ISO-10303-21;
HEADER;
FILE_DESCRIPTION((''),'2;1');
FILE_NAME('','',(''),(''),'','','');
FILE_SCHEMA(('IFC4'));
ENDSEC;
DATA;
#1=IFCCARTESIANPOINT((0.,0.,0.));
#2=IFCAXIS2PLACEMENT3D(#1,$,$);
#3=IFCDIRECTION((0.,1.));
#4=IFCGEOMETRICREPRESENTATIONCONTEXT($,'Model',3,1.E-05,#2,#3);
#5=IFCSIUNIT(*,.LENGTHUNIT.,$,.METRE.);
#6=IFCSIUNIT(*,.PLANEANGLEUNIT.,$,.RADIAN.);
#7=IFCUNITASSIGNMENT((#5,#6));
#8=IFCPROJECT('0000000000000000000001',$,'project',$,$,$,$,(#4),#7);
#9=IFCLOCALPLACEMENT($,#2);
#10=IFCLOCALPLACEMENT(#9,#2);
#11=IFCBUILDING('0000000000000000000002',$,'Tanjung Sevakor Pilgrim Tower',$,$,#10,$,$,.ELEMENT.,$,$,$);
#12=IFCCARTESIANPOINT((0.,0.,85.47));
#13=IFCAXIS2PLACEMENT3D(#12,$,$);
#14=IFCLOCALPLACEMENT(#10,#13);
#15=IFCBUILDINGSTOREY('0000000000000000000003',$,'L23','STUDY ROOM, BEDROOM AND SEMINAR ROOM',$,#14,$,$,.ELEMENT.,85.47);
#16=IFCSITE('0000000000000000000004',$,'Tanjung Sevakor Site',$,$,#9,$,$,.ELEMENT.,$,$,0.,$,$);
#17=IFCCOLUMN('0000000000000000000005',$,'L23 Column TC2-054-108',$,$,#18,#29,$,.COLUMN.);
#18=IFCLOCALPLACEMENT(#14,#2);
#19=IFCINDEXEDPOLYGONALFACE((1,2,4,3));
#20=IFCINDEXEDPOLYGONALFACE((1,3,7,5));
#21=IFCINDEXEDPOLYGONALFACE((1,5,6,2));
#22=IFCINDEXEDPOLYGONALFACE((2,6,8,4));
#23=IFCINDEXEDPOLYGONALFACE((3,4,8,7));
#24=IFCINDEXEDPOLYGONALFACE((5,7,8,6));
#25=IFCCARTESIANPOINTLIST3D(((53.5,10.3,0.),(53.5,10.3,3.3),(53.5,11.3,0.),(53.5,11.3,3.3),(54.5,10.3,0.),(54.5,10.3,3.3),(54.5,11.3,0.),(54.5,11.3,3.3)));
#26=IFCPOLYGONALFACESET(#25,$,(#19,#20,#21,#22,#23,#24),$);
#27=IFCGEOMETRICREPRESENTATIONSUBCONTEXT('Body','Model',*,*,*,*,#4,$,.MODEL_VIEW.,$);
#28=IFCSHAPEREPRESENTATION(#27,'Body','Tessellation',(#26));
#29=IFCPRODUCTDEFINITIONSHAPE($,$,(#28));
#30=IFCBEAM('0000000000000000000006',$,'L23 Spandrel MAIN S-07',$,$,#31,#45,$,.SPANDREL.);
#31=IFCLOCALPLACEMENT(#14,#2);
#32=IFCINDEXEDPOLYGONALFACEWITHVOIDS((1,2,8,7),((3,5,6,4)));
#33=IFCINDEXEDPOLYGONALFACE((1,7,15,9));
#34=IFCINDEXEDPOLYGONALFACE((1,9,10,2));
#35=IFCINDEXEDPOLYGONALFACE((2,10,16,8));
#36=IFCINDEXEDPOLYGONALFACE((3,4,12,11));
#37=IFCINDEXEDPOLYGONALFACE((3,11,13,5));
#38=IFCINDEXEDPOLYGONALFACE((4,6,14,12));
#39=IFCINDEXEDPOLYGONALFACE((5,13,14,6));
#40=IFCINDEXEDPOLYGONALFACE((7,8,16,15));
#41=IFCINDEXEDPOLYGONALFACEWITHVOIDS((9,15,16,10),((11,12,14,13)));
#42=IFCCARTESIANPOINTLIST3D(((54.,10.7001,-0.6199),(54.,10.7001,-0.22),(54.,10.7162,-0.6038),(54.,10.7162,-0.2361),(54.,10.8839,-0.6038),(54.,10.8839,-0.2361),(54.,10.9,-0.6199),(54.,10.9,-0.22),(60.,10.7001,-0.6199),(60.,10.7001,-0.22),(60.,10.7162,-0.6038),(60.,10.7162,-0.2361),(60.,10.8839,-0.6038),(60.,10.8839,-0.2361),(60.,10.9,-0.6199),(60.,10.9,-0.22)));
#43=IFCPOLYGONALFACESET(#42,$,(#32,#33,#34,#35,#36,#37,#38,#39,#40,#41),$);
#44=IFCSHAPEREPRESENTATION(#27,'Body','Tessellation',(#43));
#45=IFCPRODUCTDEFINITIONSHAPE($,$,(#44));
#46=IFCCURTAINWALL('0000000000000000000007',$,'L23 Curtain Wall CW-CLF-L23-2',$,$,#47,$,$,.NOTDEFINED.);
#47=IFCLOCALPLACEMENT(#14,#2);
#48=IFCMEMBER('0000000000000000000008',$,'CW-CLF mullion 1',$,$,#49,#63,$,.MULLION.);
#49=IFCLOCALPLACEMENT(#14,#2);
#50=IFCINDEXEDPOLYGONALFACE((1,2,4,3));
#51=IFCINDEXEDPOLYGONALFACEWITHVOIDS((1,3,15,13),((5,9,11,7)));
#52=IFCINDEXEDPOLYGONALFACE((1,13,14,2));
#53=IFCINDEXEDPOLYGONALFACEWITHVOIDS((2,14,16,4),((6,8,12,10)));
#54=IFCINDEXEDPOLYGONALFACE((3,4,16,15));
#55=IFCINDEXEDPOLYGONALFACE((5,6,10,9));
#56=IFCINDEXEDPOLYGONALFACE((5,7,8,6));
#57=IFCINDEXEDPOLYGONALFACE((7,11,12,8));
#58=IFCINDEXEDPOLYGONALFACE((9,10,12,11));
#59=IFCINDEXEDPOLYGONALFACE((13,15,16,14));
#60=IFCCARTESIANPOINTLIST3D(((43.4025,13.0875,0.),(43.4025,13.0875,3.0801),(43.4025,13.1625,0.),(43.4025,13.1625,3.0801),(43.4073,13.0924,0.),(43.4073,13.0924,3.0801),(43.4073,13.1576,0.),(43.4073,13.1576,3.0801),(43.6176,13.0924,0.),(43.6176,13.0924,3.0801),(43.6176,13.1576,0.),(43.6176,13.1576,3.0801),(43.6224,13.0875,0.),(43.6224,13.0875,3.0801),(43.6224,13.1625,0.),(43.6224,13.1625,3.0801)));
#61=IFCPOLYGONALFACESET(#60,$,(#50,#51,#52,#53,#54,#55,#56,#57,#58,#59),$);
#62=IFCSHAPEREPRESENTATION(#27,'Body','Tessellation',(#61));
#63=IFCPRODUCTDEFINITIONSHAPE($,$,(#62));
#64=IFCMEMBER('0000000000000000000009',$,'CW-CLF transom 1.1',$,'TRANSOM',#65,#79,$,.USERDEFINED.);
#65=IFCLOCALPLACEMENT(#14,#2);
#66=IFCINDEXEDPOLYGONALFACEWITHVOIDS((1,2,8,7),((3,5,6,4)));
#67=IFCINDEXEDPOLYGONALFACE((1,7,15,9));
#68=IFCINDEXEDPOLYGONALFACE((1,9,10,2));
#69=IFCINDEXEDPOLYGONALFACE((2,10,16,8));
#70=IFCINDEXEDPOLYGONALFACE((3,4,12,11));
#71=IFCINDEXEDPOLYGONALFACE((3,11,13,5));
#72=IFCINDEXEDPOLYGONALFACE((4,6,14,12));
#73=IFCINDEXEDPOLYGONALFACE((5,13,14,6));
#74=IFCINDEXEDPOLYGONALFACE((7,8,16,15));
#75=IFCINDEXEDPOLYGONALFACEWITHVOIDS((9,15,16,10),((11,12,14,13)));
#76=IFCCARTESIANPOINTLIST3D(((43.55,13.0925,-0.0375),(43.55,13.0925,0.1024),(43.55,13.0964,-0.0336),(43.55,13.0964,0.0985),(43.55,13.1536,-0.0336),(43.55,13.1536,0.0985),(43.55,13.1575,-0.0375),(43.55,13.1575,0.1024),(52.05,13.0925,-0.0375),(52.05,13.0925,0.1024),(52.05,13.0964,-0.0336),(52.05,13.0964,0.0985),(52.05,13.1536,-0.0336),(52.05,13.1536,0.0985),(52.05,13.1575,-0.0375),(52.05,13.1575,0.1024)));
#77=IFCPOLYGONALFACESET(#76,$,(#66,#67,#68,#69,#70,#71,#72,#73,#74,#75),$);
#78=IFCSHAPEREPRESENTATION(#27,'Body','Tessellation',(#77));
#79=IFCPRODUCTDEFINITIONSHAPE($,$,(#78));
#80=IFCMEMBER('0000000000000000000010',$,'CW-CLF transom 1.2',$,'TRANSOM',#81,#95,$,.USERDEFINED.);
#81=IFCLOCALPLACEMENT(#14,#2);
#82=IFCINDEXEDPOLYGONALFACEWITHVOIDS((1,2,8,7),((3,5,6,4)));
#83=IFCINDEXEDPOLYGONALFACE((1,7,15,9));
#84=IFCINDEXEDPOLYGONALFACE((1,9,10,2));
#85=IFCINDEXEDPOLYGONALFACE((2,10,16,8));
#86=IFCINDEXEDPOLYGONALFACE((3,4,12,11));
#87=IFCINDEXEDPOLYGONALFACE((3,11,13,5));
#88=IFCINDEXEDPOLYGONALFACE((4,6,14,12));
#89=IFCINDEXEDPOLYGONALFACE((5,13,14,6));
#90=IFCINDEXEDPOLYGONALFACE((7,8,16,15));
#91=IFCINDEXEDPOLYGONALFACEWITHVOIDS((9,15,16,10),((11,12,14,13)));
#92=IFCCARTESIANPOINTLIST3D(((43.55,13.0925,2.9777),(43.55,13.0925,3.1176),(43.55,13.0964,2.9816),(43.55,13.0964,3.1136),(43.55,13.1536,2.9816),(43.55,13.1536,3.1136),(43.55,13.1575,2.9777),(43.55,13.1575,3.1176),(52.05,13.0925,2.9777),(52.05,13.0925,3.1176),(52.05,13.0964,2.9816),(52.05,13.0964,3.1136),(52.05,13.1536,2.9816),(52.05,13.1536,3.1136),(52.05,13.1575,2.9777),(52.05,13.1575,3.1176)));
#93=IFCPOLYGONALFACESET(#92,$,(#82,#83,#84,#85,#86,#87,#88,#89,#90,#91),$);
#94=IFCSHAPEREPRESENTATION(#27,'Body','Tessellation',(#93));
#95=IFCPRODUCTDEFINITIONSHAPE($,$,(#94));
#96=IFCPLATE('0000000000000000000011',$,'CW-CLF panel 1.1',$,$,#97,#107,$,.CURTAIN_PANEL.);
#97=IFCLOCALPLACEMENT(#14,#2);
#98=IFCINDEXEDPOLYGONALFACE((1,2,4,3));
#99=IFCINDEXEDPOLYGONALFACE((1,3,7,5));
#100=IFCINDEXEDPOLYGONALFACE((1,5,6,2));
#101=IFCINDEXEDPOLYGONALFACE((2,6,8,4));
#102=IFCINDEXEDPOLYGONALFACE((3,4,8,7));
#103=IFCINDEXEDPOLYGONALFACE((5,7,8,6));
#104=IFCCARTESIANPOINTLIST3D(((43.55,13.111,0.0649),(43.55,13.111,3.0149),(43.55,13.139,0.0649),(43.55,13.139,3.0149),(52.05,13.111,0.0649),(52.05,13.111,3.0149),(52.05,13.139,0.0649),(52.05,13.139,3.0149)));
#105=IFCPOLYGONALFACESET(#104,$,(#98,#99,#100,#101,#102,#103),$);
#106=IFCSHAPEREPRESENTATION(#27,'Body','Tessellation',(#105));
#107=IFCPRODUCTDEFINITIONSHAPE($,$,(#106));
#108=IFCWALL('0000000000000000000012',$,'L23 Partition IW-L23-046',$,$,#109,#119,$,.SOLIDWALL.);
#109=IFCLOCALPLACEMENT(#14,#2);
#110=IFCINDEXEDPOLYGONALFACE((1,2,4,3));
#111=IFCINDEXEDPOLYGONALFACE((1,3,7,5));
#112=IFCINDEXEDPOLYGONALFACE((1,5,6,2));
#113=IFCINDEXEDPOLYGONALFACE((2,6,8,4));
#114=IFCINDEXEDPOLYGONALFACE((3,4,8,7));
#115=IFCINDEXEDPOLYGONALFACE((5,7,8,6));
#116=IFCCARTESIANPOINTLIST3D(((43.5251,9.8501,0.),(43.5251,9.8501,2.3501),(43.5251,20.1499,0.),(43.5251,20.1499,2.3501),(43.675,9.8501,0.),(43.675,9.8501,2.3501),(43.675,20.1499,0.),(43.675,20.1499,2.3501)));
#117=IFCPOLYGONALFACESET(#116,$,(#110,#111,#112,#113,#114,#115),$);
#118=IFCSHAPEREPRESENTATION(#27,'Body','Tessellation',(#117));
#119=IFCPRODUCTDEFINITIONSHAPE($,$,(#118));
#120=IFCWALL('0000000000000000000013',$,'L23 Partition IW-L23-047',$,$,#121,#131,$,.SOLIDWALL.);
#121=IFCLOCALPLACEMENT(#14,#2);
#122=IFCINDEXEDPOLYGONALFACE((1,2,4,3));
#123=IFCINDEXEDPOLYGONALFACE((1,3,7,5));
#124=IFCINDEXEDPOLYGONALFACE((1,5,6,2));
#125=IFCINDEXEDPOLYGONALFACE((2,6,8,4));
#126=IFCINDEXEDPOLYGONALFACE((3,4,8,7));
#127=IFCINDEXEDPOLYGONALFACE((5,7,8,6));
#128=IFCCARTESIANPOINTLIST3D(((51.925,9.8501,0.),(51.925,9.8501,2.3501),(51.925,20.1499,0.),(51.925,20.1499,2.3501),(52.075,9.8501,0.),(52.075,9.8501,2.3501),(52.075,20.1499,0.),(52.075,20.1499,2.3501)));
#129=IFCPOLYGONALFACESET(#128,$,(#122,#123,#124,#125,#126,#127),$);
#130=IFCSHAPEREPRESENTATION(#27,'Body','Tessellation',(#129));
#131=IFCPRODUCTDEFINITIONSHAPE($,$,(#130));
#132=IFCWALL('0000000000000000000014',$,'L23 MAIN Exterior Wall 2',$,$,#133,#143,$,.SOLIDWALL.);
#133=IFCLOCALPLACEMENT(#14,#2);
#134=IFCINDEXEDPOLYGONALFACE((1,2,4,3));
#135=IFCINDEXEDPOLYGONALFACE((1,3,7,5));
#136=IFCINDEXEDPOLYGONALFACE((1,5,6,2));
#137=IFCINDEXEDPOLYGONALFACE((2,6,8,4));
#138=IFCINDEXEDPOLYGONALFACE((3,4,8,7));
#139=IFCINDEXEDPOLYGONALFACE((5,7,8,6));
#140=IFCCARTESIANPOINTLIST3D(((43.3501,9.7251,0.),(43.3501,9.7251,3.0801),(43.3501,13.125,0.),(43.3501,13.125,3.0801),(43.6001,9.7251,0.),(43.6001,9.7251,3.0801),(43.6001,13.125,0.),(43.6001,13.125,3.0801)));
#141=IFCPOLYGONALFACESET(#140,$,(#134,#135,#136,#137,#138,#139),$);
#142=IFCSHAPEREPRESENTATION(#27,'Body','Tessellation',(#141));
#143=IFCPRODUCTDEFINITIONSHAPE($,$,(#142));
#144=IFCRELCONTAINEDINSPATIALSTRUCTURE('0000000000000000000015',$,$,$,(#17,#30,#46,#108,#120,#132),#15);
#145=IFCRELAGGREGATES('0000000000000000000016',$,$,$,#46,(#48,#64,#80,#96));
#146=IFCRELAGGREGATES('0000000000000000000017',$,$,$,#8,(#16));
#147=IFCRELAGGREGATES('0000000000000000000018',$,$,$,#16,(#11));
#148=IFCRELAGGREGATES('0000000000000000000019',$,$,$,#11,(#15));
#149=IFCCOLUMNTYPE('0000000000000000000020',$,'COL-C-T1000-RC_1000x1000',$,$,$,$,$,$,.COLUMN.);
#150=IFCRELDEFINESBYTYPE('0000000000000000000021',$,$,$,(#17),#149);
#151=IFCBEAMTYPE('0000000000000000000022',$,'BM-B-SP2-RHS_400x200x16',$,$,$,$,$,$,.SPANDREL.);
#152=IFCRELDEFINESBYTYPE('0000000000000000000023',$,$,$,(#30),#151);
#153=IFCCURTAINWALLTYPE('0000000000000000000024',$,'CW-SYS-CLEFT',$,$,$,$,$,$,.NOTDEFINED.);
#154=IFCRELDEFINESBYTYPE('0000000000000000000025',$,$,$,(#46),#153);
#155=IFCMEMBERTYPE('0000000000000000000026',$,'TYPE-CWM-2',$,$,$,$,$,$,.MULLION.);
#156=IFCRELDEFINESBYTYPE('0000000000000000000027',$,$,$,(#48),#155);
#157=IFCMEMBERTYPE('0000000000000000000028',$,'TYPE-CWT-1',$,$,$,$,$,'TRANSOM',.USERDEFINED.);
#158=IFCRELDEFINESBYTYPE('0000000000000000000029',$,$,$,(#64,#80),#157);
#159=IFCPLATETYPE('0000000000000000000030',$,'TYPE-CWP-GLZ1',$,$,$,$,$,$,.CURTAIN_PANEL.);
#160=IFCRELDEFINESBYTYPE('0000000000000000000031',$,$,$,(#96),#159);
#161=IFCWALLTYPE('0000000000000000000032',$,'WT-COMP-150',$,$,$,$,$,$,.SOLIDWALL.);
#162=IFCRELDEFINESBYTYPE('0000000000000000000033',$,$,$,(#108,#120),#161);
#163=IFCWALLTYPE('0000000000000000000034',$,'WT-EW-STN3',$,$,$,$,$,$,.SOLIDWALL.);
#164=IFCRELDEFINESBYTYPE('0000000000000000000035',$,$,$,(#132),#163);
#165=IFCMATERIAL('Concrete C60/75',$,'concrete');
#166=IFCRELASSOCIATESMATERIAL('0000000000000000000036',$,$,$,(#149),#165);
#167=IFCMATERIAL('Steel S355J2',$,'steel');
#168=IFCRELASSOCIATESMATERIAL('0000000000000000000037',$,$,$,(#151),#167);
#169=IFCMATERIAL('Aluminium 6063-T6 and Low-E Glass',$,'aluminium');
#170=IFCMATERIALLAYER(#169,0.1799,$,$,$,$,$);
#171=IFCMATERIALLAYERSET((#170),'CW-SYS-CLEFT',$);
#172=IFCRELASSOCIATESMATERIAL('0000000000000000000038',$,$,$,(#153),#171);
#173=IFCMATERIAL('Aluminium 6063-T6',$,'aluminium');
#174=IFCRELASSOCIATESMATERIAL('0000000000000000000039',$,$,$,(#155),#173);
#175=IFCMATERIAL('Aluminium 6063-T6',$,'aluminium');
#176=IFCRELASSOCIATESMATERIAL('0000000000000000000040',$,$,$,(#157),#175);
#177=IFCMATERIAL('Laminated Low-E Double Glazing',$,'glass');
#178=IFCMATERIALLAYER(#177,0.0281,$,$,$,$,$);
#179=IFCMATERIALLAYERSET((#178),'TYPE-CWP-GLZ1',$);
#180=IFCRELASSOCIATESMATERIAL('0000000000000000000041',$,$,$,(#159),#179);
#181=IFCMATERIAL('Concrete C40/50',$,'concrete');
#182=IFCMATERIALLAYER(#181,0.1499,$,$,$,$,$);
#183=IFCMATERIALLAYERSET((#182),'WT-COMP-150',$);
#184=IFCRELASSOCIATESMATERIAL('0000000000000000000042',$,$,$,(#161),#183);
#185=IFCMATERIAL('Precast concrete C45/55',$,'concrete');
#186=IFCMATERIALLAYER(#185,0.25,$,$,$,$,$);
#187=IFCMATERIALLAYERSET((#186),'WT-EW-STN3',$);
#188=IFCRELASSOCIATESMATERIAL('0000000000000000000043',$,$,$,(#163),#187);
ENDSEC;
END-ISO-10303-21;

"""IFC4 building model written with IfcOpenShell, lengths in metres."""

from ifc_helpers import new_model, si_unit, direction, frame, frame_2d, origin, origin_2d, place, context, subcontext, project, spatial, rectangle, hollow_rectangle, extrude, material, layer, layer_set, material_profile, profile_set, type_object, element, aggregate, save


model = new_model("IFC4")

# Units and contexts
model_context = context("Model", 3, precision=1e-05, world=origin(), true_north=direction((0.0, 1.0)))
body_context = subcontext(model_context, "Body", "Model", "MODEL_VIEW")
ifc_project = project(units=[si_unit("LENGTHUNIT", "METRE"), si_unit("PLANEANGLEUNIT", "RADIAN")], contexts=[model_context])

# Site, building, storey
site_placement = place(None, origin())
site = spatial("IfcSite", under=ifc_project, at=site_placement, Name="Tanjung Sevakor Site", CompositionType="ELEMENT", RefElevation=0.0)
building_placement = place(site_placement, origin())
building = spatial("IfcBuilding", under=site, at=building_placement, Name="Tanjung Sevakor Pilgrim Tower", CompositionType="ELEMENT")
storey_placement = place(building_placement, frame((0.0, 0.0, 85.47)))
storey = spatial("IfcBuildingStorey", under=building, at=storey_placement, Name="L23", Description="STUDY ROOM, BEDROOM AND SEMINAR ROOM", CompositionType="ELEMENT", Elevation=85.47)

# Column
ifc_material_1 = material(Name="Concrete C60/75", Category="concrete")
ifc_material_profile_1 = material_profile(ifc_material_1, rectangle(XDim=1.0, YDim=1.0, at=origin_2d()))
ifc_profile_set_1 = profile_set([ifc_material_profile_1], Name="Concrete C60/75")
column_type = type_object("IfcColumnType", Name="COL-C-T1000-RC_1000x1000", PredefinedType="COLUMN", material=ifc_profile_set_1)
column_placement = place(storey_placement, frame((54.0, 10.8, 0.0), z_axis=(0.0, 0.0, 1.0), x_axis=(1.0, 0.0, 0.0)))
element("IfcColumn", 1, at=column_placement, inside=storey, type_object=column_type, Name="L23 Column TC2-054-108", PredefinedType="COLUMN", context=body_context, shape_type="SweptSolid", body=[
    extrude(rectangle(XDim=1.0, YDim=1.0, at=origin_2d()), origin(), (0.0, 0.0, 1.0), 3.3),
])

# Beam
ifc_material_2 = material(Name="Steel S355J2", Category="steel")
ifc_material_profile_2 = material_profile(ifc_material_2, hollow_rectangle(XDim=0.2, YDim=0.3999, WallThickness=0.0161, at=origin_2d()))
ifc_profile_set_2 = profile_set([ifc_material_profile_2], Name="Steel S355J2")
beam_type = type_object("IfcBeamType", Name="BM-B-SP2-RHS_400x200x16", PredefinedType="SPANDREL", material=ifc_profile_set_2)
beam_placement = place(storey_placement, frame((54.0, 10.8, -0.4199), z_axis=(1.0, 0.0, 0.0), x_axis=(0.0, 1.0, 0.0)))
element("IfcBeam", 2, at=beam_placement, inside=storey, type_object=beam_type, Name="L23 Spandrel MAIN S-07", PredefinedType="SPANDREL", context=body_context, shape_type="SweptSolid", body=[
    extrude(hollow_rectangle(XDim=0.2, YDim=0.3999, WallThickness=0.0161, at=origin_2d()), origin(), (0.0, 0.0, 1.0), 6.0),
])

# Curtain wall, members, plate
ifc_material_3 = material(Name="Aluminium 6063-T6 and Low-E Glass", Category="aluminium")
ifc_layer_1 = layer(ifc_material_3, 0.1799)
ifc_layer_set_1 = layer_set([ifc_layer_1], Name="CW-SYS-CLEFT")
curtain_wall_type = type_object("IfcCurtainWallType", Name="CW-SYS-CLEFT", PredefinedType="NOTDEFINED", material=ifc_layer_set_1)
curtain_wall_placement = place(storey_placement, origin())
curtain_wall = element("IfcCurtainWall", 3, at=curtain_wall_placement, inside=storey, type_object=curtain_wall_type, Name="L23 Curtain Wall CW-CLF-L23-2", PredefinedType="NOTDEFINED")
ifc_material_4 = material(Name="Aluminium 6063-T6", Category="aluminium")
ifc_material_profile_3 = material_profile(ifc_material_4, hollow_rectangle(XDim=0.075, YDim=0.22, WallThickness=0.0049, at=origin_2d()))
ifc_profile_set_3 = profile_set([ifc_material_profile_3], Name="Aluminium 6063-T6")
member_type_1 = type_object("IfcMemberType", Name="TYPE-CWM-2", PredefinedType="MULLION", material=ifc_profile_set_3)
member_1_placement = place(storey_placement, frame((43.5125, 13.125, 0.0), z_axis=(0.0, 0.0, 1.0), x_axis=(0.0, 1.0, 0.0)))
member_1 = element("IfcMember", 4, at=member_1_placement, type_object=member_type_1, Name="CW-CLF mullion 1", PredefinedType="MULLION", context=body_context, shape_type="SweptSolid", body=[
    extrude(hollow_rectangle(XDim=0.075, YDim=0.22, WallThickness=0.0049, at=origin_2d()), origin(), (0.0, 0.0, 1.0), 3.0801),
])
ifc_material_5 = material(Name="Aluminium 6063-T6", Category="aluminium")
ifc_material_profile_4 = material_profile(ifc_material_5, hollow_rectangle(XDim=0.0649, YDim=0.1399, WallThickness=0.0039, at=origin_2d()))
ifc_profile_set_4 = profile_set([ifc_material_profile_4], Name="Aluminium 6063-T6")
member_type_2 = type_object("IfcMemberType", Name="TYPE-CWT-1", ElementType="TRANSOM", PredefinedType="USERDEFINED", material=ifc_profile_set_4)
member_2_placement = place(storey_placement, frame((43.55, 13.125, 0.0325), z_axis=(1.0, 0.0, 0.0), x_axis=(0.0, 1.0, 0.0)))
member_2 = element("IfcMember", 5, at=member_2_placement, type_object=member_type_2, Name="CW-CLF transom 1.1", ObjectType="TRANSOM", PredefinedType="USERDEFINED", context=body_context, shape_type="SweptSolid", body=[
    extrude(hollow_rectangle(XDim=0.0649, YDim=0.1399, WallThickness=0.0039, at=origin_2d()), origin(), (0.0, 0.0, 1.0), 8.5),
])
member_3_placement = place(storey_placement, frame((43.55, 13.125, 3.0476), z_axis=(1.0, 0.0, 0.0), x_axis=(0.0, 1.0, 0.0)))
member_3 = element("IfcMember", 6, at=member_3_placement, type_object=member_type_2, Name="CW-CLF transom 1.2", ObjectType="TRANSOM", PredefinedType="USERDEFINED", context=body_context, shape_type="SweptSolid", body=[
    extrude(hollow_rectangle(XDim=0.0649, YDim=0.1399, WallThickness=0.0039, at=origin_2d()), origin(), (0.0, 0.0, 1.0), 8.5),
])
ifc_material_6 = material(Name="Laminated Low-E Double Glazing", Category="glass")
ifc_layer_2 = layer(ifc_material_6, 0.0281)
ifc_layer_set_2 = layer_set([ifc_layer_2], Name="TYPE-CWP-GLZ1")
plate_type = type_object("IfcPlateType", Name="TYPE-CWP-GLZ1", PredefinedType="CURTAIN_PANEL", material=ifc_layer_set_2)
plate_placement = place(storey_placement, frame((47.8, 13.125, 0.0649), z_axis=(0.0, 0.0, 1.0), x_axis=(1.0, 0.0, 0.0)))
plate = element("IfcPlate", 7, at=plate_placement, type_object=plate_type, Name="CW-CLF panel 1.1", PredefinedType="CURTAIN_PANEL", context=body_context, shape_type="SweptSolid", body=[
    extrude(rectangle(XDim=8.5, YDim=0.0281, at=origin_2d()), origin(), (0.0, 0.0, 1.0), 2.95),
])
aggregate(curtain_wall, [member_1, member_2, member_3, plate])

# Walls
ifc_material_7 = material(Name="Concrete C40/50", Category="concrete")
ifc_layer_3 = layer(ifc_material_7, 0.1499)
ifc_layer_set_3 = layer_set([ifc_layer_3], Name="WT-COMP-150")
wall_type_1 = type_object("IfcWallType", Name="WT-COMP-150", PredefinedType="SOLIDWALL", material=ifc_layer_set_3)
for number, where, z_axis, x_axis, name in (
    (8, (43.6001, 9.8501, 0.0), (0.0, 0.0, 1.0), (0.0, 1.0, 0.0), "L23 Partition IW-L23-046"),
    (9, (52.0, 9.8501, 0.0), (0.0, 0.0, 1.0), (0.0, 1.0, 0.0), "L23 Partition IW-L23-047"),
):
    element("IfcWall", number, at=place(storey_placement, frame(where, z_axis=z_axis, x_axis=x_axis)), inside=storey, type_object=wall_type_1, Name=name, PredefinedType="SOLIDWALL", context=body_context, shape_type="SweptSolid", body=[
        extrude(rectangle(XDim=10.2998, YDim=0.1499, at=frame_2d((5.1499, 0.0))), origin(), (0.0, 0.0, 1.0), 2.3501),
    ])
ifc_material_8 = material(Name="Precast concrete C45/55", Category="concrete")
ifc_layer_4 = layer(ifc_material_8, 0.25)
ifc_layer_set_4 = layer_set([ifc_layer_4], Name="WT-EW-STN3")
wall_type_2 = type_object("IfcWallType", Name="WT-EW-STN3", PredefinedType="SOLIDWALL", material=ifc_layer_set_4)
wall_1_placement = place(storey_placement, frame((43.4751, 9.7251, 0.0), z_axis=(0.0, 0.0, 1.0), x_axis=(0.0, 1.0, 0.0)))
element("IfcWall", 10, at=wall_1_placement, inside=storey, type_object=wall_type_2, Name="L23 MAIN Exterior Wall 2", PredefinedType="SOLIDWALL", context=body_context, shape_type="SweptSolid", body=[
    extrude(rectangle(XDim=3.3999, YDim=0.25, at=frame_2d((1.7, 0.0))), origin(), (0.0, 0.0, 1.0), 3.0801),
])

save(model, "model.ifc")
